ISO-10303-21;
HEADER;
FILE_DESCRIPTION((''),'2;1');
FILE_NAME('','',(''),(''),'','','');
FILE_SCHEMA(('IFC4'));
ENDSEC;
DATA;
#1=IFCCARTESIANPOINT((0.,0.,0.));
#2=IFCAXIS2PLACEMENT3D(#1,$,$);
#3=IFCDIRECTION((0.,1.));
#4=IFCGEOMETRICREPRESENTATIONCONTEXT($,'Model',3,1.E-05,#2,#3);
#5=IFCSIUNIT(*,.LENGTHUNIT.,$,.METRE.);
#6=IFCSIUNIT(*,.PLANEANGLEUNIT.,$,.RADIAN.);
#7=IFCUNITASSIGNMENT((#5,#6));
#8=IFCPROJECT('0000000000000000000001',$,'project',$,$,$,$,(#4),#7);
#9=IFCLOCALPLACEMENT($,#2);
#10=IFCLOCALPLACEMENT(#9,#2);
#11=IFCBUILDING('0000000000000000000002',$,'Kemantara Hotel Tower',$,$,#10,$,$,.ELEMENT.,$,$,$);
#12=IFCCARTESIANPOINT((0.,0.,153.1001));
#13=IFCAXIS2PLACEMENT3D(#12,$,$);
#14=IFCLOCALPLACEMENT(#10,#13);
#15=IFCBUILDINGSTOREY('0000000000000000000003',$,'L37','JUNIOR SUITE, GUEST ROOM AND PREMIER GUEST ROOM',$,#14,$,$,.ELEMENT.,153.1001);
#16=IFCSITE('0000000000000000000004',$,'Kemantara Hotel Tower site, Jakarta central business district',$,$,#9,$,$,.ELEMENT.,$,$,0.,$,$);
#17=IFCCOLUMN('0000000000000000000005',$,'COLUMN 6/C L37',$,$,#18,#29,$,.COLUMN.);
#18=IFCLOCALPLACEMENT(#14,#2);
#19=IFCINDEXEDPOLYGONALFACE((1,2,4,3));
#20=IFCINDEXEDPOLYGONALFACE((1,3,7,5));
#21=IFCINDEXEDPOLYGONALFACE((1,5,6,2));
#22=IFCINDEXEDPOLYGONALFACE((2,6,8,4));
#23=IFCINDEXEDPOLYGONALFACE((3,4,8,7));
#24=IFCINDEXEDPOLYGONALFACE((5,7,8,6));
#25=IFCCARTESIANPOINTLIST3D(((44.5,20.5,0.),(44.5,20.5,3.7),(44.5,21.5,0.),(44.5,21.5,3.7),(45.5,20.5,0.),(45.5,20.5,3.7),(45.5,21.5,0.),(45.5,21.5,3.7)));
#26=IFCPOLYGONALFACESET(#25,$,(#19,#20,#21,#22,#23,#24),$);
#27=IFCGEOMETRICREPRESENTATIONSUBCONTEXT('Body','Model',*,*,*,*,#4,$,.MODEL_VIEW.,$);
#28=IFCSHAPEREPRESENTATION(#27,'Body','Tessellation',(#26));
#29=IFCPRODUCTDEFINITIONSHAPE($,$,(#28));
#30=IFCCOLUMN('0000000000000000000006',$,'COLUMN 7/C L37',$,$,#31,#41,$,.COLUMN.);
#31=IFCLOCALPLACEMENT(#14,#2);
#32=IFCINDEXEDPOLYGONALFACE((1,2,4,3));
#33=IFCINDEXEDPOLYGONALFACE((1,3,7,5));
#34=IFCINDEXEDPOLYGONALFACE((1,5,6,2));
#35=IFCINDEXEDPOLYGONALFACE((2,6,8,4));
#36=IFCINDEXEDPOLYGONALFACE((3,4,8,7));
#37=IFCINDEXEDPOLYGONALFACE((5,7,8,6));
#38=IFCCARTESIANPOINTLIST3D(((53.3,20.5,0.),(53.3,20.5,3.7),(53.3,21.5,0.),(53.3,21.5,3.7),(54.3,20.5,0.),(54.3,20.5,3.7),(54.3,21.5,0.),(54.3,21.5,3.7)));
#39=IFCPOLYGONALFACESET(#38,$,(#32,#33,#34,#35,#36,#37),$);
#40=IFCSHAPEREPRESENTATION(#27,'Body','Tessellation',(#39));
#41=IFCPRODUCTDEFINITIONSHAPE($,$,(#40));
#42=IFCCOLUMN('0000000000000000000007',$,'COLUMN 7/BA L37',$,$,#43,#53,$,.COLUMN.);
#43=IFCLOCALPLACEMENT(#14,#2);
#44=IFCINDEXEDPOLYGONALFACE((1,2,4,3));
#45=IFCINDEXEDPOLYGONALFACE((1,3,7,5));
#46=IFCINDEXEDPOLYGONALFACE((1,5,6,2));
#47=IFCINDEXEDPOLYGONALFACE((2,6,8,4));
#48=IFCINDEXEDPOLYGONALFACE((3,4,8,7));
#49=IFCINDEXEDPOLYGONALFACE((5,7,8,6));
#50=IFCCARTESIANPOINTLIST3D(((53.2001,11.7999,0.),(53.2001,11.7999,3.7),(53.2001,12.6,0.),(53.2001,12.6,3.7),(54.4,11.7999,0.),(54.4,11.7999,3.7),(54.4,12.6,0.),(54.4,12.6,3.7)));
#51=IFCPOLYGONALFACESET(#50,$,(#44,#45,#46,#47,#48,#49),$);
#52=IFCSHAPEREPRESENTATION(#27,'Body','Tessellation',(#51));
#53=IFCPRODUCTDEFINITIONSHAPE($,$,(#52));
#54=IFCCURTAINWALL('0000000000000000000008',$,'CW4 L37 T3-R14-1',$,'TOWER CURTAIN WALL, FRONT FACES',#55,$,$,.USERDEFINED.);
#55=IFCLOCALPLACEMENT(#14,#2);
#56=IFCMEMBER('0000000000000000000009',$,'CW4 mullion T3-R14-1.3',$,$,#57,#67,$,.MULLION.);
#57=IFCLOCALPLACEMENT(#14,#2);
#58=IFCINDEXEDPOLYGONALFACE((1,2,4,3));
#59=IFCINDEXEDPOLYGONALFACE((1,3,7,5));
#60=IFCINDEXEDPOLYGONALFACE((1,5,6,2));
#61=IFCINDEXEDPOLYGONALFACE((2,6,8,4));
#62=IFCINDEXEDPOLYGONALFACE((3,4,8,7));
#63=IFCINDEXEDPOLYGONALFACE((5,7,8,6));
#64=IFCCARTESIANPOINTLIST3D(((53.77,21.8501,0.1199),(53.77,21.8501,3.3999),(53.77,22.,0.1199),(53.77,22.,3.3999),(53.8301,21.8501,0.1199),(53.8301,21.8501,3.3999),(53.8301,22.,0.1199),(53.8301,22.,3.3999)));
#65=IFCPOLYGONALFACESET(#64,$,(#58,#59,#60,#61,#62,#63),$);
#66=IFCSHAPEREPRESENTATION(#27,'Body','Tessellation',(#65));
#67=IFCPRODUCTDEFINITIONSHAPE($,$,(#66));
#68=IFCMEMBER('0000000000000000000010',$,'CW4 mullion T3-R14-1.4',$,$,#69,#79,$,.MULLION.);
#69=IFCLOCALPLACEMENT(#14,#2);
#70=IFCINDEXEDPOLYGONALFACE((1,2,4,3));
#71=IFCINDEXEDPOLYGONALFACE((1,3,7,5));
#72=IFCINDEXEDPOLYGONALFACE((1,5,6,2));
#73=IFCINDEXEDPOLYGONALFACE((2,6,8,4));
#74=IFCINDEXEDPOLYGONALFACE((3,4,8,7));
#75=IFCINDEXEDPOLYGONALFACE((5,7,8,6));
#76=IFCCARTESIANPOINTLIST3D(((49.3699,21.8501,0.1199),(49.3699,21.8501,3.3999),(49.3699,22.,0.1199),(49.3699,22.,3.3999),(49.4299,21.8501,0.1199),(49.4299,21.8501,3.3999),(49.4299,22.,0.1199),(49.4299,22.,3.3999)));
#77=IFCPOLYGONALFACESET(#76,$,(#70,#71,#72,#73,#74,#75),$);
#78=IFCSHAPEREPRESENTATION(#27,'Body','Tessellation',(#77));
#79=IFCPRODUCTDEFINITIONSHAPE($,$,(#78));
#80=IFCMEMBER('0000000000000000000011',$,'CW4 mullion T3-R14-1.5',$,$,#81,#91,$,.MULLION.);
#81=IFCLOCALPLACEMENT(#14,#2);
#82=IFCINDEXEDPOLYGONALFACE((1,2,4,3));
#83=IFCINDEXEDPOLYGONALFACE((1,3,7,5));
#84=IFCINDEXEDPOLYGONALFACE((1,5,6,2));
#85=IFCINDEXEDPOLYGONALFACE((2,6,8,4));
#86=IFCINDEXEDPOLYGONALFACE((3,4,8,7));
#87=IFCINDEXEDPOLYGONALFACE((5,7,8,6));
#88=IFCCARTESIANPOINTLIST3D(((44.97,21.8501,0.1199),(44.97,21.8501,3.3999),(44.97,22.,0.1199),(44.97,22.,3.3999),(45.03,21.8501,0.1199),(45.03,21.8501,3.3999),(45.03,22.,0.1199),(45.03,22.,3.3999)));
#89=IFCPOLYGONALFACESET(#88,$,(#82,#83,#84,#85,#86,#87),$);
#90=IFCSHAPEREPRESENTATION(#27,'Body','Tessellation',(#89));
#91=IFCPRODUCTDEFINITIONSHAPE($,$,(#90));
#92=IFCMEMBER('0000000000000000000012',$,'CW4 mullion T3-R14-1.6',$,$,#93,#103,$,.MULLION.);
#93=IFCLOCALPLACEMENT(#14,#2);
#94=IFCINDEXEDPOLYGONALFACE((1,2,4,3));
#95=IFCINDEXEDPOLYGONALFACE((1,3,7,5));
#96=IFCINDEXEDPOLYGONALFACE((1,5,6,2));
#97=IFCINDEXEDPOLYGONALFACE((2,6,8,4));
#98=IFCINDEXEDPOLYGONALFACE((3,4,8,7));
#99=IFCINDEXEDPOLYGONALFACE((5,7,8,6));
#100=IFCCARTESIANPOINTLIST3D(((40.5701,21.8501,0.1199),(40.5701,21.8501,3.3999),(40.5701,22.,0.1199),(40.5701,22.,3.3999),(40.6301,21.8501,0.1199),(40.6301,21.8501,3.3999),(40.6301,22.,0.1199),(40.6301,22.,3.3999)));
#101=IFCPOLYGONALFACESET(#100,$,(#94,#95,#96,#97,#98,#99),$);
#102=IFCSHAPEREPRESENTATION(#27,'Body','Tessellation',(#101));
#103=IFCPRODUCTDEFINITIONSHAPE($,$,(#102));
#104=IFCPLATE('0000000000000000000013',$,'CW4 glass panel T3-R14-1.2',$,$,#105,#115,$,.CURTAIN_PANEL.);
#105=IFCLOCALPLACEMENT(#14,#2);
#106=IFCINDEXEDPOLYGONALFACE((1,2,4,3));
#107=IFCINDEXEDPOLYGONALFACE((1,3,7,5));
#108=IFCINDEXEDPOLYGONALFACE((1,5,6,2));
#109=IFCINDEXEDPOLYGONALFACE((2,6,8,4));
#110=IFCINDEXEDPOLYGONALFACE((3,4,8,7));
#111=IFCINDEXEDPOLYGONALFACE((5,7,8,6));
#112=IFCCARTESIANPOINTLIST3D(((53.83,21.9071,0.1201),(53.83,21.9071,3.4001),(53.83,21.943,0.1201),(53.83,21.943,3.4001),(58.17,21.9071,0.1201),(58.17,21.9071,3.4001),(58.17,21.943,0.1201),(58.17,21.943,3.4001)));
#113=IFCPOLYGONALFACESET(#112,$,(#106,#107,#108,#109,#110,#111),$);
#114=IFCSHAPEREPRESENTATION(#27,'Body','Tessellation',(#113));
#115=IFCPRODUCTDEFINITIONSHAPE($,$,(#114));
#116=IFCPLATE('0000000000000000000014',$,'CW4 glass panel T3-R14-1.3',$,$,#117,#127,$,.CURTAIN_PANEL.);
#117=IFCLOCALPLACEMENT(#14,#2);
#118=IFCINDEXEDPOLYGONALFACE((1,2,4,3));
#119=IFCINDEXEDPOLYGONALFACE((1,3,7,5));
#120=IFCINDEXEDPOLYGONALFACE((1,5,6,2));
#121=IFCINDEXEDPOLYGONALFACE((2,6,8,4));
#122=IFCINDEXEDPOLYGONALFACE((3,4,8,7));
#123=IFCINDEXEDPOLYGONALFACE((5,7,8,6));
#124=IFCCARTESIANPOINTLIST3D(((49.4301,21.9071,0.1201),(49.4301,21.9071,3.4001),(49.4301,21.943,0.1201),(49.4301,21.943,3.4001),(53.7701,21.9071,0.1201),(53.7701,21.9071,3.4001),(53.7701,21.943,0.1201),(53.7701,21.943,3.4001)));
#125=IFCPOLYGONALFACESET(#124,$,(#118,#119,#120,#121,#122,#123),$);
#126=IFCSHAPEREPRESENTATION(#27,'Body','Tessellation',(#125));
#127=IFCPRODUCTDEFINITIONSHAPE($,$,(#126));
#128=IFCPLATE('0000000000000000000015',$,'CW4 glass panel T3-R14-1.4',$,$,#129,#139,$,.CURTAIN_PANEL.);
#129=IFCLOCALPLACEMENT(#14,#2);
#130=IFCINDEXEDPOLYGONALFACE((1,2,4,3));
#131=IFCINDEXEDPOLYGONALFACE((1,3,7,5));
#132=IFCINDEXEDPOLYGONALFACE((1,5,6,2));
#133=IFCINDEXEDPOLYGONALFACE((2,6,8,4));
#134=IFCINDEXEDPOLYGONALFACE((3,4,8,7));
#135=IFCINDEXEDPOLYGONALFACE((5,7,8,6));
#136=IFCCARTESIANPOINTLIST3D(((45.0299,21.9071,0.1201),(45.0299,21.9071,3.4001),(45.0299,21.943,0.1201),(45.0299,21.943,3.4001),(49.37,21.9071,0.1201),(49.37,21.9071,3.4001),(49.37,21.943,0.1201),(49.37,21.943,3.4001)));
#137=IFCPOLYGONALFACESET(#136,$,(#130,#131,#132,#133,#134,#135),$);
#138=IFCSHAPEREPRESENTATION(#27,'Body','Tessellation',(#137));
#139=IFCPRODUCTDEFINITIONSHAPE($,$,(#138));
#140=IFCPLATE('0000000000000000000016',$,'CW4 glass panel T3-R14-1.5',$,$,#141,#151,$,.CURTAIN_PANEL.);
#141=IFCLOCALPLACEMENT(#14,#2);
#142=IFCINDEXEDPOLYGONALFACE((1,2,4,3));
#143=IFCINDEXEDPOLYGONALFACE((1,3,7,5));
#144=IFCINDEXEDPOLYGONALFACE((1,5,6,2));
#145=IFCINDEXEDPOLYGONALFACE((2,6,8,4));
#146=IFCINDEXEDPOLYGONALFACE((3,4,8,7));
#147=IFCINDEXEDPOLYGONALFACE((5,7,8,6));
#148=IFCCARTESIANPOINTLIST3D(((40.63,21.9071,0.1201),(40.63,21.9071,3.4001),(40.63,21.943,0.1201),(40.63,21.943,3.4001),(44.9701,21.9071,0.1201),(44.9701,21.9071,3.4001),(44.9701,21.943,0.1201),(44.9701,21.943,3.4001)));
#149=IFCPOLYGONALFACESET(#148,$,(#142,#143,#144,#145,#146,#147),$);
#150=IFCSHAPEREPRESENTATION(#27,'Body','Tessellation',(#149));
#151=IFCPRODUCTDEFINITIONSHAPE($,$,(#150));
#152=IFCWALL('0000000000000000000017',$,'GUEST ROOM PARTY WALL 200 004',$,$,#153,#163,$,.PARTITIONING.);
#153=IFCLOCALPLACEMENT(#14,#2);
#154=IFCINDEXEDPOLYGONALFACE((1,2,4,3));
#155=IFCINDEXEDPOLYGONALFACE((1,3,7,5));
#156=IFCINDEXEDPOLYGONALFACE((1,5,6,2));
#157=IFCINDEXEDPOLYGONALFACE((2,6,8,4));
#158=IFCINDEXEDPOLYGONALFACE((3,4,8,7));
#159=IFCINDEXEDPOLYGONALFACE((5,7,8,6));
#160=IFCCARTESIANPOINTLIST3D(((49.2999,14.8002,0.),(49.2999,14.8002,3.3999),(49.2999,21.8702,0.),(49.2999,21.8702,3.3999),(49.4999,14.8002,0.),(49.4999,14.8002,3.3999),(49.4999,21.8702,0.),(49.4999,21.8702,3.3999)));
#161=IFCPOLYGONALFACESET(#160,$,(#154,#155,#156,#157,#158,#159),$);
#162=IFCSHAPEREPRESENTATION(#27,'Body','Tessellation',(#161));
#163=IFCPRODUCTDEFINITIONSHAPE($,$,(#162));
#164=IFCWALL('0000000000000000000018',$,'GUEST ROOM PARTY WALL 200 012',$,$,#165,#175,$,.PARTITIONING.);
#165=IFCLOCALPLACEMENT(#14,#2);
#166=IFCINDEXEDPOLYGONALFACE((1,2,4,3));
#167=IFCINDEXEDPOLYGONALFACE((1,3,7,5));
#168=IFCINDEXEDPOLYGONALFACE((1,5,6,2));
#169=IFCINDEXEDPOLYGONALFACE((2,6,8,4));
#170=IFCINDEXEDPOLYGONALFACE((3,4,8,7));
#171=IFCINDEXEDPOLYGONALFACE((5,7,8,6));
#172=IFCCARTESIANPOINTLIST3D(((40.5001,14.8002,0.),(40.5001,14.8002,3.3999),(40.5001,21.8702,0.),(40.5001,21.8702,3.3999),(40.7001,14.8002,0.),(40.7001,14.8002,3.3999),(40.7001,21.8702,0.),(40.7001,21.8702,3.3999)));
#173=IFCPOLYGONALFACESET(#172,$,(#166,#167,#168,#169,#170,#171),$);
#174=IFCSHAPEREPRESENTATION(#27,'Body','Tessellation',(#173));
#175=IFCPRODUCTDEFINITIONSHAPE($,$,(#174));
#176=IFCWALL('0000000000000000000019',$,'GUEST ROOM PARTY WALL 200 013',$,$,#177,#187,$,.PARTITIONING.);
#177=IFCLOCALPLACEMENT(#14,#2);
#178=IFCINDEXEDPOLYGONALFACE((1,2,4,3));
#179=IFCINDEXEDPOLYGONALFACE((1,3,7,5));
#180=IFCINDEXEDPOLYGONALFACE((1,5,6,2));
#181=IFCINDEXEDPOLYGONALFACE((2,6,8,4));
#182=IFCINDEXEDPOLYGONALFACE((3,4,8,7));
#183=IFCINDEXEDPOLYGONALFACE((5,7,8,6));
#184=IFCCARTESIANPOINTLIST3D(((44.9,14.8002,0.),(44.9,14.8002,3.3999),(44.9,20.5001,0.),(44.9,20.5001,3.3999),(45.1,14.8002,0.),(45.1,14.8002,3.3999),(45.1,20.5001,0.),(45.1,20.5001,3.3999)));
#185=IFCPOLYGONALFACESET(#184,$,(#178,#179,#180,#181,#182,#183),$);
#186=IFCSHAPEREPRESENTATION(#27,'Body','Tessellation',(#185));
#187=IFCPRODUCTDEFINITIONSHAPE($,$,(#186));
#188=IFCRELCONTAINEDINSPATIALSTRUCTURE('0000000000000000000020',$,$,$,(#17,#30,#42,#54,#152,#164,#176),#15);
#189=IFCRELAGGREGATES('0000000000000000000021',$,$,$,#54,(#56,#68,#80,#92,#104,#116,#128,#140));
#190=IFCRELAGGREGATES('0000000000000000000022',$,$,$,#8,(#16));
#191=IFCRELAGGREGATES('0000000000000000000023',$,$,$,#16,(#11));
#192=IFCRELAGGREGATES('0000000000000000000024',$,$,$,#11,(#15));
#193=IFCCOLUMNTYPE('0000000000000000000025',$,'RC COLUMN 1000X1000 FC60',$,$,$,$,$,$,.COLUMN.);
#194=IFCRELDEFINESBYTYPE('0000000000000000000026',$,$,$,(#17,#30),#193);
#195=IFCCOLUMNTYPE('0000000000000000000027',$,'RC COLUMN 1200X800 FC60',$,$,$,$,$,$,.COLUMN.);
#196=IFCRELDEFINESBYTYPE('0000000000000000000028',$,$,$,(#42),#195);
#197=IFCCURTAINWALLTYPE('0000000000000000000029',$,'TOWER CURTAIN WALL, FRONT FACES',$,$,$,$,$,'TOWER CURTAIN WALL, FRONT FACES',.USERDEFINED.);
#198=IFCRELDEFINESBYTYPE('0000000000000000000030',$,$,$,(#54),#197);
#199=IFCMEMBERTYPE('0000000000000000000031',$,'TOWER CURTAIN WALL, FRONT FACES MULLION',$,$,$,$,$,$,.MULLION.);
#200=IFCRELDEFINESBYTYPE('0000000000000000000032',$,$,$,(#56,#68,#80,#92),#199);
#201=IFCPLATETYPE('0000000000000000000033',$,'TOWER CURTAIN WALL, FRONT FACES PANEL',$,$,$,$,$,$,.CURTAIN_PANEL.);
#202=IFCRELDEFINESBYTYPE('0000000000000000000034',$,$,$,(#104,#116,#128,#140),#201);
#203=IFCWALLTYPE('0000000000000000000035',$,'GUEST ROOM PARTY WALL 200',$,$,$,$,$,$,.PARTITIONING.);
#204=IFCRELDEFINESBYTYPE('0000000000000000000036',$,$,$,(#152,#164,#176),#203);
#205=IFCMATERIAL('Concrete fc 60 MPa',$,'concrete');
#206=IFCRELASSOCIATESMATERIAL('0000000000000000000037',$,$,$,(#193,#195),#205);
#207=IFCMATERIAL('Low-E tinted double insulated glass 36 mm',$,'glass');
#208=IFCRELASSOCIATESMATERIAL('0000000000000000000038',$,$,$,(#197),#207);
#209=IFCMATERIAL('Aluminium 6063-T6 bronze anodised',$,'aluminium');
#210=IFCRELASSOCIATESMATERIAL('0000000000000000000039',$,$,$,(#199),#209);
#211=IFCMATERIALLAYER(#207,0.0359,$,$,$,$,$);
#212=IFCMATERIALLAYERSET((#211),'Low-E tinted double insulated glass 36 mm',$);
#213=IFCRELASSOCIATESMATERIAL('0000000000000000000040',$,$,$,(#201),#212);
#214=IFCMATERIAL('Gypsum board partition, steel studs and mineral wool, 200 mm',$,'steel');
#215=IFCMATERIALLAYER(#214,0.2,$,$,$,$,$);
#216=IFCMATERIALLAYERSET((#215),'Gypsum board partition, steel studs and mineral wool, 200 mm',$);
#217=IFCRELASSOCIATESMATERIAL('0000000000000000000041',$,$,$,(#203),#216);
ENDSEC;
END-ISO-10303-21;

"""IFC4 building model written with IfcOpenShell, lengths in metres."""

from ifc_helpers import new_model, si_unit, direction, frame, frame_2d, origin, origin_2d, place, context, subcontext, project, spatial, rectangle, extrude, source, transform, mapped, material, layer, layer_set, material_profile, profile_set, type_object, element, aggregate, save


model = new_model("IFC4")

# Units and contexts
model_context = context("Model", 3, precision=1e-05, world=origin(), true_north=direction((0.0, 1.0)))
body_context = subcontext(model_context, "Body", "Model", "MODEL_VIEW")
ifc_project = project(units=[si_unit("LENGTHUNIT", "METRE"), si_unit("PLANEANGLEUNIT", "RADIAN")], contexts=[model_context])

# Site, building, storey
site_placement = place(None, origin())
site = spatial("IfcSite", under=ifc_project, at=site_placement, Name="Kemantara Hotel Tower site, Jakarta central business district", CompositionType="ELEMENT", RefElevation=0.0)
building_placement = place(site_placement, origin())
building = spatial("IfcBuilding", under=site, at=building_placement, Name="Kemantara Hotel Tower", CompositionType="ELEMENT")
storey_placement = place(building_placement, frame((0.0, 0.0, 153.1001)))
storey = spatial("IfcBuildingStorey", under=building, at=storey_placement, Name="L37", Description="JUNIOR SUITE, GUEST ROOM AND PREMIER GUEST ROOM", CompositionType="ELEMENT", Elevation=153.1001)

# Columns
ifc_material_1 = material(Name="Concrete fc 60 MPa", Category="concrete")
ifc_material_profile_1 = material_profile(ifc_material_1, rectangle(XDim=1.0, YDim=1.0, at=origin_2d()), Name="RC 1000X1000")
ifc_profile_set_1 = profile_set([ifc_material_profile_1], Name="Concrete fc 60 MPa")
column_type_1 = type_object("IfcColumnType", Name="RC COLUMN 1000X1000 FC60", PredefinedType="COLUMN", material=ifc_profile_set_1)
for number, where, z_axis, x_axis, name in (
    (1, (45.0, 21.0, 0.0), (0.0, 0.0, 1.0), (1.0, 0.0, 0.0), "COLUMN 6/C L37"),
    (2, (53.8, 21.0, 0.0), (0.0, 0.0, 1.0), (1.0, 0.0, 0.0), "COLUMN 7/C L37"),
):
    element("IfcColumn", number, at=place(storey_placement, frame(where, z_axis=z_axis, x_axis=x_axis)), inside=storey, type_object=column_type_1, Name=name, PredefinedType="COLUMN", context=body_context, shape_type="SweptSolid", body=[
        extrude(rectangle(XDim=1.0, YDim=1.0, at=origin_2d()), origin(), (0.0, 0.0, 1.0), 3.7),
    ])
ifc_material_profile_2 = material_profile(ifc_material_1, rectangle(XDim=1.2, YDim=0.8, at=origin_2d()), Name="RC 1200X800")
ifc_profile_set_2 = profile_set([ifc_material_profile_2], Name="Concrete fc 60 MPa")
column_type_2 = type_object("IfcColumnType", Name="RC COLUMN 1200X800 FC60", PredefinedType="COLUMN", material=ifc_profile_set_2)
column_placement = place(storey_placement, frame((53.8, 12.2, 0.0), z_axis=(0.0, 0.0, 1.0), x_axis=(1.0, 0.0, 0.0)))
element("IfcColumn", 3, at=column_placement, inside=storey, type_object=column_type_2, Name="COLUMN 7/BA L37", PredefinedType="COLUMN", context=body_context, shape_type="SweptSolid", body=[
    extrude(rectangle(XDim=1.2, YDim=0.8, at=origin_2d()), origin(), (0.0, 0.0, 1.0), 3.7),
])

# Curtain wall, members, plates
ifc_material_2 = material(Name="Low-E tinted double insulated glass 36 mm", Category="glass")
curtain_wall_type = type_object("IfcCurtainWallType", Name="TOWER CURTAIN WALL, FRONT FACES", ElementType="TOWER CURTAIN WALL, FRONT FACES", PredefinedType="USERDEFINED", material=ifc_material_2)
curtain_wall_placement = place(storey_placement, origin())
curtain_wall = element("IfcCurtainWall", 4, at=curtain_wall_placement, inside=storey, type_object=curtain_wall_type, Name="CW4 L37 T3-R14-1", ObjectType="TOWER CURTAIN WALL, FRONT FACES", PredefinedType="USERDEFINED")
ifc_material_3 = material(Name="Aluminium 6063-T6 bronze anodised", Category="aluminium")
ifc_material_profile_3 = material_profile(ifc_material_3, rectangle(XDim=0.1499, YDim=0.0601, at=origin_2d()), Name="TOWER CURTAIN WALL, FRONT FACES MULLION")
ifc_profile_set_3 = profile_set([ifc_material_profile_3], Name="Aluminium 6063-T6 bronze anodised")
member_type = type_object("IfcMemberType", Name="TOWER CURTAIN WALL, FRONT FACES MULLION", PredefinedType="MULLION", material=ifc_profile_set_3)
shared_shape_1 = source(origin(), body_context, "Body", "SweptSolid", [
    extrude(rectangle(XDim=0.1499, YDim=0.0601, at=origin_2d()), origin(), (0.0, 0.0, 1.0), 3.28),
])
member_1_placement = place(storey_placement, frame((53.8, 21.925, 0.1199), z_axis=(0.0, 0.0, 1.0), x_axis=(0.0, -1.0, 0.0)))
member_1 = element("IfcMember", 5, at=member_1_placement, type_object=member_type, Name="CW4 mullion T3-R14-1.3", PredefinedType="MULLION", context=body_context, shape_type="MappedRepresentation", body=[
    mapped(shared_shape_1, transform((0.0, 0.0, 0.0))),
])
member_2_placement = place(storey_placement, frame((49.3999, 21.925, 0.1199), z_axis=(0.0, 0.0, 1.0), x_axis=(0.0, -1.0, 0.0)))
member_2 = element("IfcMember", 6, at=member_2_placement, type_object=member_type, Name="CW4 mullion T3-R14-1.4", PredefinedType="MULLION", context=body_context, shape_type="MappedRepresentation", body=[
    mapped(shared_shape_1, transform((0.0, 0.0, 0.0))),
])
member_3_placement = place(storey_placement, frame((45.0, 21.925, 0.1199), z_axis=(0.0, 0.0, 1.0), x_axis=(0.0, -1.0, 0.0)))
member_3 = element("IfcMember", 7, at=member_3_placement, type_object=member_type, Name="CW4 mullion T3-R14-1.5", PredefinedType="MULLION", context=body_context, shape_type="MappedRepresentation", body=[
    mapped(shared_shape_1, transform((0.0, 0.0, 0.0))),
])
member_4_placement = place(storey_placement, frame((40.6001, 21.925, 0.1199), z_axis=(0.0, 0.0, 1.0), x_axis=(0.0, -1.0, 0.0)))
member_4 = element("IfcMember", 8, at=member_4_placement, type_object=member_type, Name="CW4 mullion T3-R14-1.6", PredefinedType="MULLION", context=body_context, shape_type="MappedRepresentation", body=[
    mapped(shared_shape_1, transform((0.0, 0.0, 0.0))),
])
ifc_layer_1 = layer(ifc_material_2, 0.0359)
ifc_layer_set_1 = layer_set([ifc_layer_1], Name="Low-E tinted double insulated glass 36 mm")
plate_type = type_object("IfcPlateType", Name="TOWER CURTAIN WALL, FRONT FACES PANEL", PredefinedType="CURTAIN_PANEL", material=ifc_layer_set_1)
shared_shape_2 = source(origin(), body_context, "Body", "SweptSolid", [
    extrude(rectangle(XDim=4.3401, YDim=0.0359, at=origin_2d()), origin(), (0.0, 0.0, 1.0), 3.28),
])
plate_1_placement = place(storey_placement, frame((56.0, 21.925, 0.1201), z_axis=(0.0, 0.0, 1.0), x_axis=(-1.0, 0.0, 0.0)))
plate_1 = element("IfcPlate", 9, at=plate_1_placement, type_object=plate_type, Name="CW4 glass panel T3-R14-1.2", PredefinedType="CURTAIN_PANEL", context=body_context, shape_type="MappedRepresentation", body=[
    mapped(shared_shape_2, transform((0.0, 0.0, 0.0))),
])
plate_2_placement = place(storey_placement, frame((51.6001, 21.925, 0.1201), z_axis=(0.0, 0.0, 1.0), x_axis=(-1.0, 0.0, 0.0)))
plate_2 = element("IfcPlate", 10, at=plate_2_placement, type_object=plate_type, Name="CW4 glass panel T3-R14-1.3", PredefinedType="CURTAIN_PANEL", context=body_context, shape_type="MappedRepresentation", body=[
    mapped(shared_shape_2, transform((0.0, 0.0, 0.0))),
])
plate_3_placement = place(storey_placement, frame((47.2, 21.925, 0.1201), z_axis=(0.0, 0.0, 1.0), x_axis=(-1.0, 0.0, 0.0)))
plate_3 = element("IfcPlate", 11, at=plate_3_placement, type_object=plate_type, Name="CW4 glass panel T3-R14-1.4", PredefinedType="CURTAIN_PANEL", context=body_context, shape_type="MappedRepresentation", body=[
    mapped(shared_shape_2, transform((0.0, 0.0, 0.0))),
])
plate_4_placement = place(storey_placement, frame((42.8, 21.925, 0.1201), z_axis=(0.0, 0.0, 1.0), x_axis=(-1.0, 0.0, 0.0)))
plate_4 = element("IfcPlate", 12, at=plate_4_placement, type_object=plate_type, Name="CW4 glass panel T3-R14-1.5", PredefinedType="CURTAIN_PANEL", context=body_context, shape_type="MappedRepresentation", body=[
    mapped(shared_shape_2, transform((0.0, 0.0, 0.0))),
])
aggregate(curtain_wall, [member_1, member_2, member_3, member_4, plate_1, plate_2, plate_3, plate_4])

# Walls
ifc_material_4 = material(Name="Gypsum board partition, steel studs and mineral wool, 200 mm", Category="steel")
ifc_layer_2 = layer(ifc_material_4, 0.2)
ifc_layer_set_2 = layer_set([ifc_layer_2], Name="Gypsum board partition, steel studs and mineral wool, 200 mm")
wall_type_1 = type_object("IfcWallType", Name="GUEST ROOM PARTY WALL 200", PredefinedType="PARTITIONING", material=ifc_layer_set_2)
for number, where, z_axis, x_axis, name in (
    (13, (49.3999, 14.8, 0.0), (0.0, 0.0, 1.0), (0.0, 1.0, 0.0), "GUEST ROOM PARTY WALL 200 004"),
    (14, (40.6001, 14.8, 0.0), (0.0, 0.0, 1.0), (0.0, 1.0, 0.0), "GUEST ROOM PARTY WALL 200 012"),
):
    element("IfcWall", number, at=place(storey_placement, frame(where, z_axis=z_axis, x_axis=x_axis)), inside=storey, type_object=wall_type_1, Name=name, PredefinedType="PARTITIONING", context=body_context, shape_type="SweptSolid", body=[
        extrude(rectangle(XDim=7.0701, YDim=0.2, at=frame_2d((3.5352, 0.0))), origin(), (0.0, 0.0, 1.0), 3.3999),
    ])
wall_1_placement = place(storey_placement, frame((45.0, 14.8, 0.0), z_axis=(0.0, 0.0, 1.0), x_axis=(0.0, 1.0, 0.0)))
element("IfcWall", 15, at=wall_1_placement, inside=storey, type_object=wall_type_1, Name="GUEST ROOM PARTY WALL 200 013", PredefinedType="PARTITIONING", context=body_context, shape_type="SweptSolid", body=[
    extrude(rectangle(XDim=5.7, YDim=0.2, at=frame_2d((2.8501, 0.0))), origin(), (0.0, 0.0, 1.0), 3.3999),
])

save(model, "model.ifc")
